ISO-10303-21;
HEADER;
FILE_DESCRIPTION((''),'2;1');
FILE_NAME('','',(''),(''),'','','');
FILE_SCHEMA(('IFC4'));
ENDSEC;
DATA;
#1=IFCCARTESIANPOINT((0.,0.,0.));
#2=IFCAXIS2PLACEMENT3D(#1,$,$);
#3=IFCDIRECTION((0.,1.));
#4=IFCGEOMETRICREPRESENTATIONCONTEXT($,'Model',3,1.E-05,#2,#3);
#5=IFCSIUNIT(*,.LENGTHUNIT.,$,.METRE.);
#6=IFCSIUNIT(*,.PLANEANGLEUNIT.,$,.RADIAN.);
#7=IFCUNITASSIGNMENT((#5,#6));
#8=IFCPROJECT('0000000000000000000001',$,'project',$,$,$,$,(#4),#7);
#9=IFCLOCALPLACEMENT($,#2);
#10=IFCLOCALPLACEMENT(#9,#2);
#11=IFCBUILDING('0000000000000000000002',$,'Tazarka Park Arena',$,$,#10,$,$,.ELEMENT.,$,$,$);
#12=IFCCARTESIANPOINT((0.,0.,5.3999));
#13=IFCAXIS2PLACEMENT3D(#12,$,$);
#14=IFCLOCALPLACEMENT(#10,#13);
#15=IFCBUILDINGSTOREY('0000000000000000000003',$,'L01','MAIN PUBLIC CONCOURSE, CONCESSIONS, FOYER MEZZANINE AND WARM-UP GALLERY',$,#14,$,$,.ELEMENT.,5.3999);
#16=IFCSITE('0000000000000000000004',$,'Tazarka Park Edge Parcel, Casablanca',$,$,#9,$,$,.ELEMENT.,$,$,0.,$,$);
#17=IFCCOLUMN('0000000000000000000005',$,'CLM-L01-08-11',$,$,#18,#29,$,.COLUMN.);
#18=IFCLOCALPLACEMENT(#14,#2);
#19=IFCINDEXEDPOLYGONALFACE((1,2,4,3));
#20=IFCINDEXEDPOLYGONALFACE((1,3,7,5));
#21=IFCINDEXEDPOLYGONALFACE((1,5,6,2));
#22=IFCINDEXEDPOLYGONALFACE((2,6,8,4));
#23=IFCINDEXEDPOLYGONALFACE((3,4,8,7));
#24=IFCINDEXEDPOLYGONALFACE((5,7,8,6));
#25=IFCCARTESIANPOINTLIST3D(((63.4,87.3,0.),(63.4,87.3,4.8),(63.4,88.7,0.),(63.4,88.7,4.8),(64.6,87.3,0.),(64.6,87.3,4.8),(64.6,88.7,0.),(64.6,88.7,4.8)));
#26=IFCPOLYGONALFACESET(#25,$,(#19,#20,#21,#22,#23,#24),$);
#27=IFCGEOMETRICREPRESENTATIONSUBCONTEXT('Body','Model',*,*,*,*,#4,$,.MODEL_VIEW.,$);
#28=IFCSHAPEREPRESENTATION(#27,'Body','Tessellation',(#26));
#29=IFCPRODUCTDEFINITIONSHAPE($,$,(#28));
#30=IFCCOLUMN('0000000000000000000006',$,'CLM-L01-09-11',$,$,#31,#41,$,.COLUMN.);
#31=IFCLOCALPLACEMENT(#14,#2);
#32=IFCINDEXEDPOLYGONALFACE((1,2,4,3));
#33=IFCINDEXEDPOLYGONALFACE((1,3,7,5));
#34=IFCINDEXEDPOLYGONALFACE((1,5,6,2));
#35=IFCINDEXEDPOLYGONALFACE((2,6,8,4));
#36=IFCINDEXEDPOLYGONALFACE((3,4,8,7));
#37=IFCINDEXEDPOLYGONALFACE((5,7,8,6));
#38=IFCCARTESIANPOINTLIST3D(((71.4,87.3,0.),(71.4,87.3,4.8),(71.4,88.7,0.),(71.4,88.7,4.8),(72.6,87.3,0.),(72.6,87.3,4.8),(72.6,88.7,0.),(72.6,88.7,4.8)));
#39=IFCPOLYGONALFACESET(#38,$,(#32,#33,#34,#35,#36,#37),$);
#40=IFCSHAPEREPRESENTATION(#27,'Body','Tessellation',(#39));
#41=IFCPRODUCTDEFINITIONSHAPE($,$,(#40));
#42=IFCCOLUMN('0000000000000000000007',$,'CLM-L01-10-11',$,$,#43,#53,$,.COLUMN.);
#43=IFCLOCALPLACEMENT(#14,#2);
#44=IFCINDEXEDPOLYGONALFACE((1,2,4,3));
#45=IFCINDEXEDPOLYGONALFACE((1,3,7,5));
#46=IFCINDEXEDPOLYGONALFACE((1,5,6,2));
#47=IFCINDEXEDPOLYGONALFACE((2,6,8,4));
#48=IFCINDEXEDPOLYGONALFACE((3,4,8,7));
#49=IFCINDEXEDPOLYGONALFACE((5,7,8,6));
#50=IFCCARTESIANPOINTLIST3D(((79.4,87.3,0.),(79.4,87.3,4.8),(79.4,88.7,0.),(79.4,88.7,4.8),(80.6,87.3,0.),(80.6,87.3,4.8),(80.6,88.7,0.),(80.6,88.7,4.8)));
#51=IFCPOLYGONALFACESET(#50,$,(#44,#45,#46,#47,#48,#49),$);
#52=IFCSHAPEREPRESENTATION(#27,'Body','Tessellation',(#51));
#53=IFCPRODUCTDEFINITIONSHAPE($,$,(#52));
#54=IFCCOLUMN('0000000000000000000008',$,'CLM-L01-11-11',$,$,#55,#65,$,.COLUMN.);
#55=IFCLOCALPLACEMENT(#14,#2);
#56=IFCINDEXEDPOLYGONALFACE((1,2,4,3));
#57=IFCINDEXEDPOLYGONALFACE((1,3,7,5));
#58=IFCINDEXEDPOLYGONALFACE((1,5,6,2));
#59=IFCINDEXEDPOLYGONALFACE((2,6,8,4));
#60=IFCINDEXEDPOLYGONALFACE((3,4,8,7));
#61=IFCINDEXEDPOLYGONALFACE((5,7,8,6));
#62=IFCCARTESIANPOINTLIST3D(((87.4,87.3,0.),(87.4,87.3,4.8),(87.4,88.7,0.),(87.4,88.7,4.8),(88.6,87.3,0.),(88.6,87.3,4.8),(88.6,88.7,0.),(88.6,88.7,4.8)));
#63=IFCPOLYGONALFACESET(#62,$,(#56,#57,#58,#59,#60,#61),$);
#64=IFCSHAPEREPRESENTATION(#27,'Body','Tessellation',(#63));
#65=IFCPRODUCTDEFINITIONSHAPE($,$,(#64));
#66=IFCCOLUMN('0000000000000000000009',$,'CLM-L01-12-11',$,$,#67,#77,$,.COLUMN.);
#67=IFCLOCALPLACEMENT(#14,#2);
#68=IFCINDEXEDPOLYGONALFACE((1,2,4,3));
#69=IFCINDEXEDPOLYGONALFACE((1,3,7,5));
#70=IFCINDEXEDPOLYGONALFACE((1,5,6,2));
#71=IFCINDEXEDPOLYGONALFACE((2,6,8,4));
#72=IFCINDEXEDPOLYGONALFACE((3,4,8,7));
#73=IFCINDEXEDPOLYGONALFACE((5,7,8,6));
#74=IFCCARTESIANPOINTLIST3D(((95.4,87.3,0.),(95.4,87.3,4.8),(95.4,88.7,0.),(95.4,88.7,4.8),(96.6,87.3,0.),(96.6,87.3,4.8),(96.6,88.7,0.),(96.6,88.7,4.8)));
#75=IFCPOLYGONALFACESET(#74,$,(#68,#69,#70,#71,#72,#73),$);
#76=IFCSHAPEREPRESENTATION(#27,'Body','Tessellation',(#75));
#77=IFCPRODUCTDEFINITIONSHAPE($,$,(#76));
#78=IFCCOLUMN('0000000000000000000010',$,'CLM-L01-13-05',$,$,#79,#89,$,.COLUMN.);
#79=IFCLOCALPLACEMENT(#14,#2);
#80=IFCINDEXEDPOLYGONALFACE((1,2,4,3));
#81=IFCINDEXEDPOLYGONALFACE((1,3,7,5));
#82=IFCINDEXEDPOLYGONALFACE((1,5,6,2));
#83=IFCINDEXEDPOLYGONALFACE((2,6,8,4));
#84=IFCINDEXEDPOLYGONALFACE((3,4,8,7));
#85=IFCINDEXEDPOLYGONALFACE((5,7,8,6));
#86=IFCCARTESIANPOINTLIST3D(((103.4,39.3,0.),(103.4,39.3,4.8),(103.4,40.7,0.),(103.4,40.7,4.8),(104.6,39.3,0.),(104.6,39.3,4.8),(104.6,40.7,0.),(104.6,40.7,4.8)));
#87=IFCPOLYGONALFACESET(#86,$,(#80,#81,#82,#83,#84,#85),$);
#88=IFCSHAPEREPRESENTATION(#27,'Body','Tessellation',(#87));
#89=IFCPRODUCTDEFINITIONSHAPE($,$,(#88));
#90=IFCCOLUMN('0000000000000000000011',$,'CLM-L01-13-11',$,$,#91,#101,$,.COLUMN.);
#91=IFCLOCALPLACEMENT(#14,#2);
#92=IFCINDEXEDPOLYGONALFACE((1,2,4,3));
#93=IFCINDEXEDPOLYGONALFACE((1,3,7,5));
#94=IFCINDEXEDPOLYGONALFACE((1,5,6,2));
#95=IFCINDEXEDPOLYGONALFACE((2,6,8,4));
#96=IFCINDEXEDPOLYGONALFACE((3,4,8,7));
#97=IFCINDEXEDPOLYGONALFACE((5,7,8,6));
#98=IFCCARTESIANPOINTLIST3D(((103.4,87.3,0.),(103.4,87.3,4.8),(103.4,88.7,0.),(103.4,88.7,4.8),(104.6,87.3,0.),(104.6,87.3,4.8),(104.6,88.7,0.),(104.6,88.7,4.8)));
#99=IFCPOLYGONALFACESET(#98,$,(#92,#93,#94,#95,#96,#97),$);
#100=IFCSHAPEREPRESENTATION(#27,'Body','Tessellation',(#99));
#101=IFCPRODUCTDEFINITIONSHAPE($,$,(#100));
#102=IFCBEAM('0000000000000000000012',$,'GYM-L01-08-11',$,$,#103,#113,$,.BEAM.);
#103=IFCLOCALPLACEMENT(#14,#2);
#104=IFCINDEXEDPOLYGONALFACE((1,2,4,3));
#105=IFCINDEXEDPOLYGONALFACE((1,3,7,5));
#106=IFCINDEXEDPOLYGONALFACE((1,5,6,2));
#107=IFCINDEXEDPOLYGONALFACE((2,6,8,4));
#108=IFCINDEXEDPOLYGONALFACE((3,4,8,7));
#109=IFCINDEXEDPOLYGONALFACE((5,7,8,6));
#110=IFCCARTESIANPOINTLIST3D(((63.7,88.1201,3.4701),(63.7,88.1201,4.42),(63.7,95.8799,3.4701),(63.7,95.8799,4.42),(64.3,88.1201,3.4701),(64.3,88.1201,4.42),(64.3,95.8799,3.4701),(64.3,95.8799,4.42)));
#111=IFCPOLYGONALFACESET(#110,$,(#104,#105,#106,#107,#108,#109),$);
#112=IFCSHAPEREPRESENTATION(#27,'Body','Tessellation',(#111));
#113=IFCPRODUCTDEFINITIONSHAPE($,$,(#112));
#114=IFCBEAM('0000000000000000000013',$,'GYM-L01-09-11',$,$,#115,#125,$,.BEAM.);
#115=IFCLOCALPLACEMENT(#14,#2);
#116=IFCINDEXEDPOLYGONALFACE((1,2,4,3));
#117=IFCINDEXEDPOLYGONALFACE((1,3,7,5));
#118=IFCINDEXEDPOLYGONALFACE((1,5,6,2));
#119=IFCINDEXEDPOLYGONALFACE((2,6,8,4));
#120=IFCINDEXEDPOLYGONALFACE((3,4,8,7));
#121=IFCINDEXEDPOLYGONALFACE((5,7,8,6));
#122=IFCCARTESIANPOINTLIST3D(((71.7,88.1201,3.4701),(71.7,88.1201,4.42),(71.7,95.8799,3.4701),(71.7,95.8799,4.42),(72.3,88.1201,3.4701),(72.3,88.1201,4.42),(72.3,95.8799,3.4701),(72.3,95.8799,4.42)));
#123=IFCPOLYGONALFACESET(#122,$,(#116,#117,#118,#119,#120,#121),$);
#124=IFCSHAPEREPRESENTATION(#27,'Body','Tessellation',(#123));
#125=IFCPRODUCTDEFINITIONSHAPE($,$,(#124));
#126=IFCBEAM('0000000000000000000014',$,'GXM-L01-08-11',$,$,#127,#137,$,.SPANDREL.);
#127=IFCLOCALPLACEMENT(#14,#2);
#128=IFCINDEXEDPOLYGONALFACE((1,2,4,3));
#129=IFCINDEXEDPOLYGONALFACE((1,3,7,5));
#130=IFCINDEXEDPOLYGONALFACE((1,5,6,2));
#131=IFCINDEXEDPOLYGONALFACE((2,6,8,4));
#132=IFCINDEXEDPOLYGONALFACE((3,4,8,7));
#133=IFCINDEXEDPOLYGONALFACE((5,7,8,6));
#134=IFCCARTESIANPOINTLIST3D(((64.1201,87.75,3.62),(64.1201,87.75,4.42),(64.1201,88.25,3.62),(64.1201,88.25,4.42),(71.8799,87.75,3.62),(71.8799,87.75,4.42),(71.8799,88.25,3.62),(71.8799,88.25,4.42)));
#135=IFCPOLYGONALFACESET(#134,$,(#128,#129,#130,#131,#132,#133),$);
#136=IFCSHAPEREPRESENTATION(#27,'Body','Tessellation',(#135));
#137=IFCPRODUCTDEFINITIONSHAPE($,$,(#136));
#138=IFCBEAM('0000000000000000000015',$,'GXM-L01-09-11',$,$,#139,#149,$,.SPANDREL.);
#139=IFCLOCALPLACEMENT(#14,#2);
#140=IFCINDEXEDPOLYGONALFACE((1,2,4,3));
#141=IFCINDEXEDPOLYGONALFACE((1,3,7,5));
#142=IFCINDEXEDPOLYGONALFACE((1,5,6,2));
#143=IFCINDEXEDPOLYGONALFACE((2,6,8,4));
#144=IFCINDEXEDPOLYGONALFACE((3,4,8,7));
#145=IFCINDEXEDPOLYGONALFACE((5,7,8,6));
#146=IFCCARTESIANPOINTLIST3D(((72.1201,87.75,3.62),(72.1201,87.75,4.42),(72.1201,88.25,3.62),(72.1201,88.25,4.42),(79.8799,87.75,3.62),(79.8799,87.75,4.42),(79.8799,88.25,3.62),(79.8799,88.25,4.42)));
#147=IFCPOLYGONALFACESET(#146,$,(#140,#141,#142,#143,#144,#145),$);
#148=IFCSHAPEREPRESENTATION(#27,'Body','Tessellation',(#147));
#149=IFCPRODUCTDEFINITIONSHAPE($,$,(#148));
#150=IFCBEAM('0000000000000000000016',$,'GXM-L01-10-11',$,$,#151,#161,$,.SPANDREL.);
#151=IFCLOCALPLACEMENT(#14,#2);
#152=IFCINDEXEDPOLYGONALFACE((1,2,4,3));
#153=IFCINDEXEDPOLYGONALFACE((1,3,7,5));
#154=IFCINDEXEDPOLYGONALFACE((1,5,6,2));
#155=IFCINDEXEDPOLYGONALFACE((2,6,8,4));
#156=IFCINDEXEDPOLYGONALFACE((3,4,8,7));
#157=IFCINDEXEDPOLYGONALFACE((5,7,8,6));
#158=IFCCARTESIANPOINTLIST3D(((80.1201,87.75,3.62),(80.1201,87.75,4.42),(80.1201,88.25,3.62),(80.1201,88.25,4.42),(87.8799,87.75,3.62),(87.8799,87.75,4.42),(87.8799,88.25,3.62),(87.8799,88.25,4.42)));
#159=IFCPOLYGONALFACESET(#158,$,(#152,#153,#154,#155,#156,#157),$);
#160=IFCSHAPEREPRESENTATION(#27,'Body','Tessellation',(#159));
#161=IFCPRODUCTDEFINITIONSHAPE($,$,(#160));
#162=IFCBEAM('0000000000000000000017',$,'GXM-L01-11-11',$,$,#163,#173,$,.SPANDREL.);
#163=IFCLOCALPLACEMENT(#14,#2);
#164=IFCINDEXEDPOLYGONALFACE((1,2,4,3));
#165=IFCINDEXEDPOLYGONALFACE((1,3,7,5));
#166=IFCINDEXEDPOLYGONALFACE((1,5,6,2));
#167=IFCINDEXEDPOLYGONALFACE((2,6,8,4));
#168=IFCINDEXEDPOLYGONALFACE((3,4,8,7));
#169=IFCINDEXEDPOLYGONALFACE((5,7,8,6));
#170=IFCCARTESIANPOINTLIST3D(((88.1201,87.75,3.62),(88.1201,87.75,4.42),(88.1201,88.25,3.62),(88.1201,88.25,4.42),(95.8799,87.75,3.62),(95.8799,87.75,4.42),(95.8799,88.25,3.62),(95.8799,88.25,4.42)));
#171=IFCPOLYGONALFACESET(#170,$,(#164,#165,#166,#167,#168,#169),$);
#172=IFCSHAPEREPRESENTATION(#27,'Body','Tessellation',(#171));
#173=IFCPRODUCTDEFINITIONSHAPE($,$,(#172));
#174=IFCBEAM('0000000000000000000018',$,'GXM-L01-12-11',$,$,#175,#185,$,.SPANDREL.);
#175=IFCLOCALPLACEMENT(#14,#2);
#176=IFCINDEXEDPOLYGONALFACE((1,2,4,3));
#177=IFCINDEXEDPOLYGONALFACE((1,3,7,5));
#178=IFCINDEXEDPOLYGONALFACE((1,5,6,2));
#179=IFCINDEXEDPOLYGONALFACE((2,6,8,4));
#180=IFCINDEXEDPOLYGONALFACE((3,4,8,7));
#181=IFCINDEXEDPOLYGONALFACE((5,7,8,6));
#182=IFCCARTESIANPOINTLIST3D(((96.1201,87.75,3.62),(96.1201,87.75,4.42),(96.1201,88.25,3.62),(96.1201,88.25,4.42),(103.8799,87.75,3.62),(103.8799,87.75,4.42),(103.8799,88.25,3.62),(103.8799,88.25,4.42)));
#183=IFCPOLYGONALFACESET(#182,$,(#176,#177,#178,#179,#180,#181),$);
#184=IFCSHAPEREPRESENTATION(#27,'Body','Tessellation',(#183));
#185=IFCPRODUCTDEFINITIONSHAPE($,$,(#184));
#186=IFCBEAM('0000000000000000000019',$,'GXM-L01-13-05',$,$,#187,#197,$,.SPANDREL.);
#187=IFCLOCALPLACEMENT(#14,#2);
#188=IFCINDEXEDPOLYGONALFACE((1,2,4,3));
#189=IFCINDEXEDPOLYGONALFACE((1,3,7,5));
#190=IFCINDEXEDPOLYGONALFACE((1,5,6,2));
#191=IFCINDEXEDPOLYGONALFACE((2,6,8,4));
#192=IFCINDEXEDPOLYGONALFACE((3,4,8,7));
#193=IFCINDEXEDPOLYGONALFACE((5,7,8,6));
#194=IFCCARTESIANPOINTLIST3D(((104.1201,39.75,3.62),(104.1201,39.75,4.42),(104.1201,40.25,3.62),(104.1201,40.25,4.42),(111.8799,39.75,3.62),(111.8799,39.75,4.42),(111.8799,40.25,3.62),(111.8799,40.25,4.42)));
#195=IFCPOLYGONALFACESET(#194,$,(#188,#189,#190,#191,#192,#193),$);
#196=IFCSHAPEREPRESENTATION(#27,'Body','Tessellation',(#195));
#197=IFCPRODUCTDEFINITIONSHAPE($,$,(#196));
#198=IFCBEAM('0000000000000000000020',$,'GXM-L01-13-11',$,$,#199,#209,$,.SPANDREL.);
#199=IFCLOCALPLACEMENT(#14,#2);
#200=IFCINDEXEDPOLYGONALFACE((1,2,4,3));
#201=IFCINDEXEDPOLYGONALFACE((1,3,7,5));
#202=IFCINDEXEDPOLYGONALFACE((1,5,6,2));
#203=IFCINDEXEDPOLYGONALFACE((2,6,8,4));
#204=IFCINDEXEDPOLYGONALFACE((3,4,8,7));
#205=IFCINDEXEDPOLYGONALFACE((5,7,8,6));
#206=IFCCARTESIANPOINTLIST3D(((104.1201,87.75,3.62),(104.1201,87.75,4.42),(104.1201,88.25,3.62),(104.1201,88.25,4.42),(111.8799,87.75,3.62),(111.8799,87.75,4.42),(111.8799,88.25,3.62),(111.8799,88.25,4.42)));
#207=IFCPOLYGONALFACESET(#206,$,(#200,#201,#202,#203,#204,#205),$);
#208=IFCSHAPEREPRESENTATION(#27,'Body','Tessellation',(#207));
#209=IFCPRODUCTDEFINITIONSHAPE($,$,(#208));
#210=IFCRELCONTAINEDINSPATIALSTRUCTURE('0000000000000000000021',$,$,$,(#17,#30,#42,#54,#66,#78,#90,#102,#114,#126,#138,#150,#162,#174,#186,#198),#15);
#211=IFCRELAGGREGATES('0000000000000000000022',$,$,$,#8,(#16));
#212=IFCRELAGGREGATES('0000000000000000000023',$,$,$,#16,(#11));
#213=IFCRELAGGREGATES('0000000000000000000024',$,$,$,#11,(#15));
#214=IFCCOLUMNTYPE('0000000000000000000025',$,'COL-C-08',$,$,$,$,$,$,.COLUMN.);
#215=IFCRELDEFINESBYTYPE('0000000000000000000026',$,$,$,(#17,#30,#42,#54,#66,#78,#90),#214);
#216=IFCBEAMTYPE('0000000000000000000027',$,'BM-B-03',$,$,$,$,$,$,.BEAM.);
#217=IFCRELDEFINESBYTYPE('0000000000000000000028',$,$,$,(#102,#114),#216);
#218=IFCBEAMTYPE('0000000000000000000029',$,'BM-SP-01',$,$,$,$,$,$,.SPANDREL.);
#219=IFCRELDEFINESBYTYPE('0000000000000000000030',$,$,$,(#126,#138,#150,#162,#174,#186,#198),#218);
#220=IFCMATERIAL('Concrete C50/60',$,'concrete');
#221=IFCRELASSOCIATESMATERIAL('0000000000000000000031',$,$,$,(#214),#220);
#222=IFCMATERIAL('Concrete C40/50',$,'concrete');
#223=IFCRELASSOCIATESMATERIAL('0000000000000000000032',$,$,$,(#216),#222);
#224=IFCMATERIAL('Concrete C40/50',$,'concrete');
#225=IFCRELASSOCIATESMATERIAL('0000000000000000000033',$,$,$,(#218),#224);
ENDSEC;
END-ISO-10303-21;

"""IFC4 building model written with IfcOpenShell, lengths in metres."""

from ifc_helpers import new_model, si_unit, direction, frame, origin, origin_2d, place, context, subcontext, project, spatial, rectangle, extrude, material, material_profile, profile_set, type_object, element, save


model = new_model("IFC4")

# Units and contexts
model_context = context("Model", 3, precision=1e-05, world=origin(), true_north=direction((0.0, 1.0)))
body_context = subcontext(model_context, "Body", "Model", "MODEL_VIEW")
ifc_project = project(units=[si_unit("LENGTHUNIT", "METRE"), si_unit("PLANEANGLEUNIT", "RADIAN")], contexts=[model_context])

# Site, building, storey
site_placement = place(None, origin())
site = spatial("IfcSite", under=ifc_project, at=site_placement, Name="Tazarka Park Edge Parcel, Casablanca", CompositionType="ELEMENT", RefElevation=0.0)
building_placement = place(site_placement, origin())
building = spatial("IfcBuilding", under=site, at=building_placement, Name="Tazarka Park Arena", CompositionType="ELEMENT")
storey_placement = place(building_placement, frame((0.0, 0.0, 5.3999)))
storey = spatial("IfcBuildingStorey", under=building, at=storey_placement, Name="L01", Description="MAIN PUBLIC CONCOURSE, CONCESSIONS, FOYER MEZZANINE AND WARM-UP GALLERY", CompositionType="ELEMENT", Elevation=5.3999)

# Columns
ifc_material_1 = material(Name="Concrete C50/60", Category="concrete")
ifc_material_profile_1 = material_profile(ifc_material_1, rectangle(XDim=1.2, YDim=1.3999, at=origin_2d()), Name="Concrete C50/60")
ifc_profile_set_1 = profile_set([ifc_material_profile_1], Name="Concrete C50/60")
column_type = type_object("IfcColumnType", Name="COL-C-08", PredefinedType="COLUMN", material=ifc_profile_set_1)
for number, where, z_axis, x_axis, name in (
    (1, (64.0, 88.0, 0.0), (0.0, 0.0, 1.0), (1.0, 0.0, 0.0), "CLM-L01-08-11"),
    (2, (72.0, 88.0, 0.0), (0.0, 0.0, 1.0), (1.0, 0.0, 0.0), "CLM-L01-09-11"),
    (3, (80.0, 88.0, 0.0), (0.0, 0.0, 1.0), (1.0, 0.0, 0.0), "CLM-L01-10-11"),
    (4, (88.0, 88.0, 0.0), (0.0, 0.0, 1.0), (1.0, 0.0, 0.0), "CLM-L01-11-11"),
    (5, (96.0, 88.0, 0.0), (0.0, 0.0, 1.0), (1.0, 0.0, 0.0), "CLM-L01-12-11"),
    (6, (104.0, 40.0, 0.0), (0.0, 0.0, 1.0), (1.0, 0.0, 0.0), "CLM-L01-13-05"),
    (7, (104.0, 88.0, 0.0), (0.0, 0.0, 1.0), (1.0, 0.0, 0.0), "CLM-L01-13-11"),
):
    element("IfcColumn", number, at=place(storey_placement, frame(where, z_axis=z_axis, x_axis=x_axis)), inside=storey, type_object=column_type, Name=name, PredefinedType="COLUMN", context=body_context, shape_type="SweptSolid", body=[
        extrude(rectangle(XDim=1.2, YDim=1.3999, at=origin_2d()), origin(), (0.0, 0.0, 1.0), 4.8),
    ])

# Beams
ifc_material_2 = material(Name="Concrete C40/50", Category="concrete")
ifc_material_profile_2 = material_profile(ifc_material_2, rectangle(XDim=0.6001, YDim=0.95, at=origin_2d()), Name="Concrete C40/50")
ifc_profile_set_2 = profile_set([ifc_material_profile_2], Name="Concrete C40/50")
beam_type_1 = type_object("IfcBeamType", Name="BM-B-03", PredefinedType="BEAM", material=ifc_profile_set_2)
for number, where, z_axis, x_axis, name in (
    (8, (64.0, 88.1201, 3.9451), (0.0, 1.0, 0.0), (-1.0, 0.0, 0.0), "GYM-L01-08-11"),
    (9, (72.0, 88.1201, 3.9451), (0.0, 1.0, 0.0), (-1.0, 0.0, 0.0), "GYM-L01-09-11"),
):
    element("IfcBeam", number, at=place(storey_placement, frame(where, z_axis=z_axis, x_axis=x_axis)), inside=storey, type_object=beam_type_1, Name=name, PredefinedType="BEAM", context=body_context, shape_type="SweptSolid", body=[
        extrude(rectangle(XDim=0.6001, YDim=0.95, at=origin_2d()), origin(), (0.0, 0.0, 1.0), 7.7598),
    ])
ifc_material_3 = material(Name="Concrete C40/50", Category="concrete")
ifc_material_profile_3 = material_profile(ifc_material_3, rectangle(XDim=0.5, YDim=0.8, at=origin_2d()), Name="Concrete C40/50")
ifc_profile_set_3 = profile_set([ifc_material_profile_3], Name="Concrete C40/50")
beam_type_2 = type_object("IfcBeamType", Name="BM-SP-01", PredefinedType="SPANDREL", material=ifc_profile_set_3)
for number, where, z_axis, x_axis, name in (
    (10, (64.1201, 88.0, 4.02), (1.0, 0.0, 0.0), (0.0, 1.0, 0.0), "GXM-L01-08-11"),
    (11, (72.1201, 88.0, 4.02), (1.0, 0.0, 0.0), (0.0, 1.0, 0.0), "GXM-L01-09-11"),
    (12, (80.1201, 88.0, 4.02), (1.0, 0.0, 0.0), (0.0, 1.0, 0.0), "GXM-L01-10-11"),
    (13, (88.1201, 88.0, 4.02), (1.0, 0.0, 0.0), (0.0, 1.0, 0.0), "GXM-L01-11-11"),
    (14, (96.1201, 88.0, 4.02), (1.0, 0.0, 0.0), (0.0, 1.0, 0.0), "GXM-L01-12-11"),
    (15, (104.1201, 40.0, 4.02), (1.0, 0.0, 0.0), (0.0, 1.0, 0.0), "GXM-L01-13-05"),
    (16, (104.1201, 88.0, 4.02), (1.0, 0.0, 0.0), (0.0, 1.0, 0.0), "GXM-L01-13-11"),
):
    element("IfcBeam", number, at=place(storey_placement, frame(where, z_axis=z_axis, x_axis=x_axis)), inside=storey, type_object=beam_type_2, Name=name, PredefinedType="SPANDREL", context=body_context, shape_type="SweptSolid", body=[
        extrude(rectangle(XDim=0.5, YDim=0.8, at=origin_2d()), origin(), (0.0, 0.0, 1.0), 7.7598),
    ])

save(model, "model.ifc")
